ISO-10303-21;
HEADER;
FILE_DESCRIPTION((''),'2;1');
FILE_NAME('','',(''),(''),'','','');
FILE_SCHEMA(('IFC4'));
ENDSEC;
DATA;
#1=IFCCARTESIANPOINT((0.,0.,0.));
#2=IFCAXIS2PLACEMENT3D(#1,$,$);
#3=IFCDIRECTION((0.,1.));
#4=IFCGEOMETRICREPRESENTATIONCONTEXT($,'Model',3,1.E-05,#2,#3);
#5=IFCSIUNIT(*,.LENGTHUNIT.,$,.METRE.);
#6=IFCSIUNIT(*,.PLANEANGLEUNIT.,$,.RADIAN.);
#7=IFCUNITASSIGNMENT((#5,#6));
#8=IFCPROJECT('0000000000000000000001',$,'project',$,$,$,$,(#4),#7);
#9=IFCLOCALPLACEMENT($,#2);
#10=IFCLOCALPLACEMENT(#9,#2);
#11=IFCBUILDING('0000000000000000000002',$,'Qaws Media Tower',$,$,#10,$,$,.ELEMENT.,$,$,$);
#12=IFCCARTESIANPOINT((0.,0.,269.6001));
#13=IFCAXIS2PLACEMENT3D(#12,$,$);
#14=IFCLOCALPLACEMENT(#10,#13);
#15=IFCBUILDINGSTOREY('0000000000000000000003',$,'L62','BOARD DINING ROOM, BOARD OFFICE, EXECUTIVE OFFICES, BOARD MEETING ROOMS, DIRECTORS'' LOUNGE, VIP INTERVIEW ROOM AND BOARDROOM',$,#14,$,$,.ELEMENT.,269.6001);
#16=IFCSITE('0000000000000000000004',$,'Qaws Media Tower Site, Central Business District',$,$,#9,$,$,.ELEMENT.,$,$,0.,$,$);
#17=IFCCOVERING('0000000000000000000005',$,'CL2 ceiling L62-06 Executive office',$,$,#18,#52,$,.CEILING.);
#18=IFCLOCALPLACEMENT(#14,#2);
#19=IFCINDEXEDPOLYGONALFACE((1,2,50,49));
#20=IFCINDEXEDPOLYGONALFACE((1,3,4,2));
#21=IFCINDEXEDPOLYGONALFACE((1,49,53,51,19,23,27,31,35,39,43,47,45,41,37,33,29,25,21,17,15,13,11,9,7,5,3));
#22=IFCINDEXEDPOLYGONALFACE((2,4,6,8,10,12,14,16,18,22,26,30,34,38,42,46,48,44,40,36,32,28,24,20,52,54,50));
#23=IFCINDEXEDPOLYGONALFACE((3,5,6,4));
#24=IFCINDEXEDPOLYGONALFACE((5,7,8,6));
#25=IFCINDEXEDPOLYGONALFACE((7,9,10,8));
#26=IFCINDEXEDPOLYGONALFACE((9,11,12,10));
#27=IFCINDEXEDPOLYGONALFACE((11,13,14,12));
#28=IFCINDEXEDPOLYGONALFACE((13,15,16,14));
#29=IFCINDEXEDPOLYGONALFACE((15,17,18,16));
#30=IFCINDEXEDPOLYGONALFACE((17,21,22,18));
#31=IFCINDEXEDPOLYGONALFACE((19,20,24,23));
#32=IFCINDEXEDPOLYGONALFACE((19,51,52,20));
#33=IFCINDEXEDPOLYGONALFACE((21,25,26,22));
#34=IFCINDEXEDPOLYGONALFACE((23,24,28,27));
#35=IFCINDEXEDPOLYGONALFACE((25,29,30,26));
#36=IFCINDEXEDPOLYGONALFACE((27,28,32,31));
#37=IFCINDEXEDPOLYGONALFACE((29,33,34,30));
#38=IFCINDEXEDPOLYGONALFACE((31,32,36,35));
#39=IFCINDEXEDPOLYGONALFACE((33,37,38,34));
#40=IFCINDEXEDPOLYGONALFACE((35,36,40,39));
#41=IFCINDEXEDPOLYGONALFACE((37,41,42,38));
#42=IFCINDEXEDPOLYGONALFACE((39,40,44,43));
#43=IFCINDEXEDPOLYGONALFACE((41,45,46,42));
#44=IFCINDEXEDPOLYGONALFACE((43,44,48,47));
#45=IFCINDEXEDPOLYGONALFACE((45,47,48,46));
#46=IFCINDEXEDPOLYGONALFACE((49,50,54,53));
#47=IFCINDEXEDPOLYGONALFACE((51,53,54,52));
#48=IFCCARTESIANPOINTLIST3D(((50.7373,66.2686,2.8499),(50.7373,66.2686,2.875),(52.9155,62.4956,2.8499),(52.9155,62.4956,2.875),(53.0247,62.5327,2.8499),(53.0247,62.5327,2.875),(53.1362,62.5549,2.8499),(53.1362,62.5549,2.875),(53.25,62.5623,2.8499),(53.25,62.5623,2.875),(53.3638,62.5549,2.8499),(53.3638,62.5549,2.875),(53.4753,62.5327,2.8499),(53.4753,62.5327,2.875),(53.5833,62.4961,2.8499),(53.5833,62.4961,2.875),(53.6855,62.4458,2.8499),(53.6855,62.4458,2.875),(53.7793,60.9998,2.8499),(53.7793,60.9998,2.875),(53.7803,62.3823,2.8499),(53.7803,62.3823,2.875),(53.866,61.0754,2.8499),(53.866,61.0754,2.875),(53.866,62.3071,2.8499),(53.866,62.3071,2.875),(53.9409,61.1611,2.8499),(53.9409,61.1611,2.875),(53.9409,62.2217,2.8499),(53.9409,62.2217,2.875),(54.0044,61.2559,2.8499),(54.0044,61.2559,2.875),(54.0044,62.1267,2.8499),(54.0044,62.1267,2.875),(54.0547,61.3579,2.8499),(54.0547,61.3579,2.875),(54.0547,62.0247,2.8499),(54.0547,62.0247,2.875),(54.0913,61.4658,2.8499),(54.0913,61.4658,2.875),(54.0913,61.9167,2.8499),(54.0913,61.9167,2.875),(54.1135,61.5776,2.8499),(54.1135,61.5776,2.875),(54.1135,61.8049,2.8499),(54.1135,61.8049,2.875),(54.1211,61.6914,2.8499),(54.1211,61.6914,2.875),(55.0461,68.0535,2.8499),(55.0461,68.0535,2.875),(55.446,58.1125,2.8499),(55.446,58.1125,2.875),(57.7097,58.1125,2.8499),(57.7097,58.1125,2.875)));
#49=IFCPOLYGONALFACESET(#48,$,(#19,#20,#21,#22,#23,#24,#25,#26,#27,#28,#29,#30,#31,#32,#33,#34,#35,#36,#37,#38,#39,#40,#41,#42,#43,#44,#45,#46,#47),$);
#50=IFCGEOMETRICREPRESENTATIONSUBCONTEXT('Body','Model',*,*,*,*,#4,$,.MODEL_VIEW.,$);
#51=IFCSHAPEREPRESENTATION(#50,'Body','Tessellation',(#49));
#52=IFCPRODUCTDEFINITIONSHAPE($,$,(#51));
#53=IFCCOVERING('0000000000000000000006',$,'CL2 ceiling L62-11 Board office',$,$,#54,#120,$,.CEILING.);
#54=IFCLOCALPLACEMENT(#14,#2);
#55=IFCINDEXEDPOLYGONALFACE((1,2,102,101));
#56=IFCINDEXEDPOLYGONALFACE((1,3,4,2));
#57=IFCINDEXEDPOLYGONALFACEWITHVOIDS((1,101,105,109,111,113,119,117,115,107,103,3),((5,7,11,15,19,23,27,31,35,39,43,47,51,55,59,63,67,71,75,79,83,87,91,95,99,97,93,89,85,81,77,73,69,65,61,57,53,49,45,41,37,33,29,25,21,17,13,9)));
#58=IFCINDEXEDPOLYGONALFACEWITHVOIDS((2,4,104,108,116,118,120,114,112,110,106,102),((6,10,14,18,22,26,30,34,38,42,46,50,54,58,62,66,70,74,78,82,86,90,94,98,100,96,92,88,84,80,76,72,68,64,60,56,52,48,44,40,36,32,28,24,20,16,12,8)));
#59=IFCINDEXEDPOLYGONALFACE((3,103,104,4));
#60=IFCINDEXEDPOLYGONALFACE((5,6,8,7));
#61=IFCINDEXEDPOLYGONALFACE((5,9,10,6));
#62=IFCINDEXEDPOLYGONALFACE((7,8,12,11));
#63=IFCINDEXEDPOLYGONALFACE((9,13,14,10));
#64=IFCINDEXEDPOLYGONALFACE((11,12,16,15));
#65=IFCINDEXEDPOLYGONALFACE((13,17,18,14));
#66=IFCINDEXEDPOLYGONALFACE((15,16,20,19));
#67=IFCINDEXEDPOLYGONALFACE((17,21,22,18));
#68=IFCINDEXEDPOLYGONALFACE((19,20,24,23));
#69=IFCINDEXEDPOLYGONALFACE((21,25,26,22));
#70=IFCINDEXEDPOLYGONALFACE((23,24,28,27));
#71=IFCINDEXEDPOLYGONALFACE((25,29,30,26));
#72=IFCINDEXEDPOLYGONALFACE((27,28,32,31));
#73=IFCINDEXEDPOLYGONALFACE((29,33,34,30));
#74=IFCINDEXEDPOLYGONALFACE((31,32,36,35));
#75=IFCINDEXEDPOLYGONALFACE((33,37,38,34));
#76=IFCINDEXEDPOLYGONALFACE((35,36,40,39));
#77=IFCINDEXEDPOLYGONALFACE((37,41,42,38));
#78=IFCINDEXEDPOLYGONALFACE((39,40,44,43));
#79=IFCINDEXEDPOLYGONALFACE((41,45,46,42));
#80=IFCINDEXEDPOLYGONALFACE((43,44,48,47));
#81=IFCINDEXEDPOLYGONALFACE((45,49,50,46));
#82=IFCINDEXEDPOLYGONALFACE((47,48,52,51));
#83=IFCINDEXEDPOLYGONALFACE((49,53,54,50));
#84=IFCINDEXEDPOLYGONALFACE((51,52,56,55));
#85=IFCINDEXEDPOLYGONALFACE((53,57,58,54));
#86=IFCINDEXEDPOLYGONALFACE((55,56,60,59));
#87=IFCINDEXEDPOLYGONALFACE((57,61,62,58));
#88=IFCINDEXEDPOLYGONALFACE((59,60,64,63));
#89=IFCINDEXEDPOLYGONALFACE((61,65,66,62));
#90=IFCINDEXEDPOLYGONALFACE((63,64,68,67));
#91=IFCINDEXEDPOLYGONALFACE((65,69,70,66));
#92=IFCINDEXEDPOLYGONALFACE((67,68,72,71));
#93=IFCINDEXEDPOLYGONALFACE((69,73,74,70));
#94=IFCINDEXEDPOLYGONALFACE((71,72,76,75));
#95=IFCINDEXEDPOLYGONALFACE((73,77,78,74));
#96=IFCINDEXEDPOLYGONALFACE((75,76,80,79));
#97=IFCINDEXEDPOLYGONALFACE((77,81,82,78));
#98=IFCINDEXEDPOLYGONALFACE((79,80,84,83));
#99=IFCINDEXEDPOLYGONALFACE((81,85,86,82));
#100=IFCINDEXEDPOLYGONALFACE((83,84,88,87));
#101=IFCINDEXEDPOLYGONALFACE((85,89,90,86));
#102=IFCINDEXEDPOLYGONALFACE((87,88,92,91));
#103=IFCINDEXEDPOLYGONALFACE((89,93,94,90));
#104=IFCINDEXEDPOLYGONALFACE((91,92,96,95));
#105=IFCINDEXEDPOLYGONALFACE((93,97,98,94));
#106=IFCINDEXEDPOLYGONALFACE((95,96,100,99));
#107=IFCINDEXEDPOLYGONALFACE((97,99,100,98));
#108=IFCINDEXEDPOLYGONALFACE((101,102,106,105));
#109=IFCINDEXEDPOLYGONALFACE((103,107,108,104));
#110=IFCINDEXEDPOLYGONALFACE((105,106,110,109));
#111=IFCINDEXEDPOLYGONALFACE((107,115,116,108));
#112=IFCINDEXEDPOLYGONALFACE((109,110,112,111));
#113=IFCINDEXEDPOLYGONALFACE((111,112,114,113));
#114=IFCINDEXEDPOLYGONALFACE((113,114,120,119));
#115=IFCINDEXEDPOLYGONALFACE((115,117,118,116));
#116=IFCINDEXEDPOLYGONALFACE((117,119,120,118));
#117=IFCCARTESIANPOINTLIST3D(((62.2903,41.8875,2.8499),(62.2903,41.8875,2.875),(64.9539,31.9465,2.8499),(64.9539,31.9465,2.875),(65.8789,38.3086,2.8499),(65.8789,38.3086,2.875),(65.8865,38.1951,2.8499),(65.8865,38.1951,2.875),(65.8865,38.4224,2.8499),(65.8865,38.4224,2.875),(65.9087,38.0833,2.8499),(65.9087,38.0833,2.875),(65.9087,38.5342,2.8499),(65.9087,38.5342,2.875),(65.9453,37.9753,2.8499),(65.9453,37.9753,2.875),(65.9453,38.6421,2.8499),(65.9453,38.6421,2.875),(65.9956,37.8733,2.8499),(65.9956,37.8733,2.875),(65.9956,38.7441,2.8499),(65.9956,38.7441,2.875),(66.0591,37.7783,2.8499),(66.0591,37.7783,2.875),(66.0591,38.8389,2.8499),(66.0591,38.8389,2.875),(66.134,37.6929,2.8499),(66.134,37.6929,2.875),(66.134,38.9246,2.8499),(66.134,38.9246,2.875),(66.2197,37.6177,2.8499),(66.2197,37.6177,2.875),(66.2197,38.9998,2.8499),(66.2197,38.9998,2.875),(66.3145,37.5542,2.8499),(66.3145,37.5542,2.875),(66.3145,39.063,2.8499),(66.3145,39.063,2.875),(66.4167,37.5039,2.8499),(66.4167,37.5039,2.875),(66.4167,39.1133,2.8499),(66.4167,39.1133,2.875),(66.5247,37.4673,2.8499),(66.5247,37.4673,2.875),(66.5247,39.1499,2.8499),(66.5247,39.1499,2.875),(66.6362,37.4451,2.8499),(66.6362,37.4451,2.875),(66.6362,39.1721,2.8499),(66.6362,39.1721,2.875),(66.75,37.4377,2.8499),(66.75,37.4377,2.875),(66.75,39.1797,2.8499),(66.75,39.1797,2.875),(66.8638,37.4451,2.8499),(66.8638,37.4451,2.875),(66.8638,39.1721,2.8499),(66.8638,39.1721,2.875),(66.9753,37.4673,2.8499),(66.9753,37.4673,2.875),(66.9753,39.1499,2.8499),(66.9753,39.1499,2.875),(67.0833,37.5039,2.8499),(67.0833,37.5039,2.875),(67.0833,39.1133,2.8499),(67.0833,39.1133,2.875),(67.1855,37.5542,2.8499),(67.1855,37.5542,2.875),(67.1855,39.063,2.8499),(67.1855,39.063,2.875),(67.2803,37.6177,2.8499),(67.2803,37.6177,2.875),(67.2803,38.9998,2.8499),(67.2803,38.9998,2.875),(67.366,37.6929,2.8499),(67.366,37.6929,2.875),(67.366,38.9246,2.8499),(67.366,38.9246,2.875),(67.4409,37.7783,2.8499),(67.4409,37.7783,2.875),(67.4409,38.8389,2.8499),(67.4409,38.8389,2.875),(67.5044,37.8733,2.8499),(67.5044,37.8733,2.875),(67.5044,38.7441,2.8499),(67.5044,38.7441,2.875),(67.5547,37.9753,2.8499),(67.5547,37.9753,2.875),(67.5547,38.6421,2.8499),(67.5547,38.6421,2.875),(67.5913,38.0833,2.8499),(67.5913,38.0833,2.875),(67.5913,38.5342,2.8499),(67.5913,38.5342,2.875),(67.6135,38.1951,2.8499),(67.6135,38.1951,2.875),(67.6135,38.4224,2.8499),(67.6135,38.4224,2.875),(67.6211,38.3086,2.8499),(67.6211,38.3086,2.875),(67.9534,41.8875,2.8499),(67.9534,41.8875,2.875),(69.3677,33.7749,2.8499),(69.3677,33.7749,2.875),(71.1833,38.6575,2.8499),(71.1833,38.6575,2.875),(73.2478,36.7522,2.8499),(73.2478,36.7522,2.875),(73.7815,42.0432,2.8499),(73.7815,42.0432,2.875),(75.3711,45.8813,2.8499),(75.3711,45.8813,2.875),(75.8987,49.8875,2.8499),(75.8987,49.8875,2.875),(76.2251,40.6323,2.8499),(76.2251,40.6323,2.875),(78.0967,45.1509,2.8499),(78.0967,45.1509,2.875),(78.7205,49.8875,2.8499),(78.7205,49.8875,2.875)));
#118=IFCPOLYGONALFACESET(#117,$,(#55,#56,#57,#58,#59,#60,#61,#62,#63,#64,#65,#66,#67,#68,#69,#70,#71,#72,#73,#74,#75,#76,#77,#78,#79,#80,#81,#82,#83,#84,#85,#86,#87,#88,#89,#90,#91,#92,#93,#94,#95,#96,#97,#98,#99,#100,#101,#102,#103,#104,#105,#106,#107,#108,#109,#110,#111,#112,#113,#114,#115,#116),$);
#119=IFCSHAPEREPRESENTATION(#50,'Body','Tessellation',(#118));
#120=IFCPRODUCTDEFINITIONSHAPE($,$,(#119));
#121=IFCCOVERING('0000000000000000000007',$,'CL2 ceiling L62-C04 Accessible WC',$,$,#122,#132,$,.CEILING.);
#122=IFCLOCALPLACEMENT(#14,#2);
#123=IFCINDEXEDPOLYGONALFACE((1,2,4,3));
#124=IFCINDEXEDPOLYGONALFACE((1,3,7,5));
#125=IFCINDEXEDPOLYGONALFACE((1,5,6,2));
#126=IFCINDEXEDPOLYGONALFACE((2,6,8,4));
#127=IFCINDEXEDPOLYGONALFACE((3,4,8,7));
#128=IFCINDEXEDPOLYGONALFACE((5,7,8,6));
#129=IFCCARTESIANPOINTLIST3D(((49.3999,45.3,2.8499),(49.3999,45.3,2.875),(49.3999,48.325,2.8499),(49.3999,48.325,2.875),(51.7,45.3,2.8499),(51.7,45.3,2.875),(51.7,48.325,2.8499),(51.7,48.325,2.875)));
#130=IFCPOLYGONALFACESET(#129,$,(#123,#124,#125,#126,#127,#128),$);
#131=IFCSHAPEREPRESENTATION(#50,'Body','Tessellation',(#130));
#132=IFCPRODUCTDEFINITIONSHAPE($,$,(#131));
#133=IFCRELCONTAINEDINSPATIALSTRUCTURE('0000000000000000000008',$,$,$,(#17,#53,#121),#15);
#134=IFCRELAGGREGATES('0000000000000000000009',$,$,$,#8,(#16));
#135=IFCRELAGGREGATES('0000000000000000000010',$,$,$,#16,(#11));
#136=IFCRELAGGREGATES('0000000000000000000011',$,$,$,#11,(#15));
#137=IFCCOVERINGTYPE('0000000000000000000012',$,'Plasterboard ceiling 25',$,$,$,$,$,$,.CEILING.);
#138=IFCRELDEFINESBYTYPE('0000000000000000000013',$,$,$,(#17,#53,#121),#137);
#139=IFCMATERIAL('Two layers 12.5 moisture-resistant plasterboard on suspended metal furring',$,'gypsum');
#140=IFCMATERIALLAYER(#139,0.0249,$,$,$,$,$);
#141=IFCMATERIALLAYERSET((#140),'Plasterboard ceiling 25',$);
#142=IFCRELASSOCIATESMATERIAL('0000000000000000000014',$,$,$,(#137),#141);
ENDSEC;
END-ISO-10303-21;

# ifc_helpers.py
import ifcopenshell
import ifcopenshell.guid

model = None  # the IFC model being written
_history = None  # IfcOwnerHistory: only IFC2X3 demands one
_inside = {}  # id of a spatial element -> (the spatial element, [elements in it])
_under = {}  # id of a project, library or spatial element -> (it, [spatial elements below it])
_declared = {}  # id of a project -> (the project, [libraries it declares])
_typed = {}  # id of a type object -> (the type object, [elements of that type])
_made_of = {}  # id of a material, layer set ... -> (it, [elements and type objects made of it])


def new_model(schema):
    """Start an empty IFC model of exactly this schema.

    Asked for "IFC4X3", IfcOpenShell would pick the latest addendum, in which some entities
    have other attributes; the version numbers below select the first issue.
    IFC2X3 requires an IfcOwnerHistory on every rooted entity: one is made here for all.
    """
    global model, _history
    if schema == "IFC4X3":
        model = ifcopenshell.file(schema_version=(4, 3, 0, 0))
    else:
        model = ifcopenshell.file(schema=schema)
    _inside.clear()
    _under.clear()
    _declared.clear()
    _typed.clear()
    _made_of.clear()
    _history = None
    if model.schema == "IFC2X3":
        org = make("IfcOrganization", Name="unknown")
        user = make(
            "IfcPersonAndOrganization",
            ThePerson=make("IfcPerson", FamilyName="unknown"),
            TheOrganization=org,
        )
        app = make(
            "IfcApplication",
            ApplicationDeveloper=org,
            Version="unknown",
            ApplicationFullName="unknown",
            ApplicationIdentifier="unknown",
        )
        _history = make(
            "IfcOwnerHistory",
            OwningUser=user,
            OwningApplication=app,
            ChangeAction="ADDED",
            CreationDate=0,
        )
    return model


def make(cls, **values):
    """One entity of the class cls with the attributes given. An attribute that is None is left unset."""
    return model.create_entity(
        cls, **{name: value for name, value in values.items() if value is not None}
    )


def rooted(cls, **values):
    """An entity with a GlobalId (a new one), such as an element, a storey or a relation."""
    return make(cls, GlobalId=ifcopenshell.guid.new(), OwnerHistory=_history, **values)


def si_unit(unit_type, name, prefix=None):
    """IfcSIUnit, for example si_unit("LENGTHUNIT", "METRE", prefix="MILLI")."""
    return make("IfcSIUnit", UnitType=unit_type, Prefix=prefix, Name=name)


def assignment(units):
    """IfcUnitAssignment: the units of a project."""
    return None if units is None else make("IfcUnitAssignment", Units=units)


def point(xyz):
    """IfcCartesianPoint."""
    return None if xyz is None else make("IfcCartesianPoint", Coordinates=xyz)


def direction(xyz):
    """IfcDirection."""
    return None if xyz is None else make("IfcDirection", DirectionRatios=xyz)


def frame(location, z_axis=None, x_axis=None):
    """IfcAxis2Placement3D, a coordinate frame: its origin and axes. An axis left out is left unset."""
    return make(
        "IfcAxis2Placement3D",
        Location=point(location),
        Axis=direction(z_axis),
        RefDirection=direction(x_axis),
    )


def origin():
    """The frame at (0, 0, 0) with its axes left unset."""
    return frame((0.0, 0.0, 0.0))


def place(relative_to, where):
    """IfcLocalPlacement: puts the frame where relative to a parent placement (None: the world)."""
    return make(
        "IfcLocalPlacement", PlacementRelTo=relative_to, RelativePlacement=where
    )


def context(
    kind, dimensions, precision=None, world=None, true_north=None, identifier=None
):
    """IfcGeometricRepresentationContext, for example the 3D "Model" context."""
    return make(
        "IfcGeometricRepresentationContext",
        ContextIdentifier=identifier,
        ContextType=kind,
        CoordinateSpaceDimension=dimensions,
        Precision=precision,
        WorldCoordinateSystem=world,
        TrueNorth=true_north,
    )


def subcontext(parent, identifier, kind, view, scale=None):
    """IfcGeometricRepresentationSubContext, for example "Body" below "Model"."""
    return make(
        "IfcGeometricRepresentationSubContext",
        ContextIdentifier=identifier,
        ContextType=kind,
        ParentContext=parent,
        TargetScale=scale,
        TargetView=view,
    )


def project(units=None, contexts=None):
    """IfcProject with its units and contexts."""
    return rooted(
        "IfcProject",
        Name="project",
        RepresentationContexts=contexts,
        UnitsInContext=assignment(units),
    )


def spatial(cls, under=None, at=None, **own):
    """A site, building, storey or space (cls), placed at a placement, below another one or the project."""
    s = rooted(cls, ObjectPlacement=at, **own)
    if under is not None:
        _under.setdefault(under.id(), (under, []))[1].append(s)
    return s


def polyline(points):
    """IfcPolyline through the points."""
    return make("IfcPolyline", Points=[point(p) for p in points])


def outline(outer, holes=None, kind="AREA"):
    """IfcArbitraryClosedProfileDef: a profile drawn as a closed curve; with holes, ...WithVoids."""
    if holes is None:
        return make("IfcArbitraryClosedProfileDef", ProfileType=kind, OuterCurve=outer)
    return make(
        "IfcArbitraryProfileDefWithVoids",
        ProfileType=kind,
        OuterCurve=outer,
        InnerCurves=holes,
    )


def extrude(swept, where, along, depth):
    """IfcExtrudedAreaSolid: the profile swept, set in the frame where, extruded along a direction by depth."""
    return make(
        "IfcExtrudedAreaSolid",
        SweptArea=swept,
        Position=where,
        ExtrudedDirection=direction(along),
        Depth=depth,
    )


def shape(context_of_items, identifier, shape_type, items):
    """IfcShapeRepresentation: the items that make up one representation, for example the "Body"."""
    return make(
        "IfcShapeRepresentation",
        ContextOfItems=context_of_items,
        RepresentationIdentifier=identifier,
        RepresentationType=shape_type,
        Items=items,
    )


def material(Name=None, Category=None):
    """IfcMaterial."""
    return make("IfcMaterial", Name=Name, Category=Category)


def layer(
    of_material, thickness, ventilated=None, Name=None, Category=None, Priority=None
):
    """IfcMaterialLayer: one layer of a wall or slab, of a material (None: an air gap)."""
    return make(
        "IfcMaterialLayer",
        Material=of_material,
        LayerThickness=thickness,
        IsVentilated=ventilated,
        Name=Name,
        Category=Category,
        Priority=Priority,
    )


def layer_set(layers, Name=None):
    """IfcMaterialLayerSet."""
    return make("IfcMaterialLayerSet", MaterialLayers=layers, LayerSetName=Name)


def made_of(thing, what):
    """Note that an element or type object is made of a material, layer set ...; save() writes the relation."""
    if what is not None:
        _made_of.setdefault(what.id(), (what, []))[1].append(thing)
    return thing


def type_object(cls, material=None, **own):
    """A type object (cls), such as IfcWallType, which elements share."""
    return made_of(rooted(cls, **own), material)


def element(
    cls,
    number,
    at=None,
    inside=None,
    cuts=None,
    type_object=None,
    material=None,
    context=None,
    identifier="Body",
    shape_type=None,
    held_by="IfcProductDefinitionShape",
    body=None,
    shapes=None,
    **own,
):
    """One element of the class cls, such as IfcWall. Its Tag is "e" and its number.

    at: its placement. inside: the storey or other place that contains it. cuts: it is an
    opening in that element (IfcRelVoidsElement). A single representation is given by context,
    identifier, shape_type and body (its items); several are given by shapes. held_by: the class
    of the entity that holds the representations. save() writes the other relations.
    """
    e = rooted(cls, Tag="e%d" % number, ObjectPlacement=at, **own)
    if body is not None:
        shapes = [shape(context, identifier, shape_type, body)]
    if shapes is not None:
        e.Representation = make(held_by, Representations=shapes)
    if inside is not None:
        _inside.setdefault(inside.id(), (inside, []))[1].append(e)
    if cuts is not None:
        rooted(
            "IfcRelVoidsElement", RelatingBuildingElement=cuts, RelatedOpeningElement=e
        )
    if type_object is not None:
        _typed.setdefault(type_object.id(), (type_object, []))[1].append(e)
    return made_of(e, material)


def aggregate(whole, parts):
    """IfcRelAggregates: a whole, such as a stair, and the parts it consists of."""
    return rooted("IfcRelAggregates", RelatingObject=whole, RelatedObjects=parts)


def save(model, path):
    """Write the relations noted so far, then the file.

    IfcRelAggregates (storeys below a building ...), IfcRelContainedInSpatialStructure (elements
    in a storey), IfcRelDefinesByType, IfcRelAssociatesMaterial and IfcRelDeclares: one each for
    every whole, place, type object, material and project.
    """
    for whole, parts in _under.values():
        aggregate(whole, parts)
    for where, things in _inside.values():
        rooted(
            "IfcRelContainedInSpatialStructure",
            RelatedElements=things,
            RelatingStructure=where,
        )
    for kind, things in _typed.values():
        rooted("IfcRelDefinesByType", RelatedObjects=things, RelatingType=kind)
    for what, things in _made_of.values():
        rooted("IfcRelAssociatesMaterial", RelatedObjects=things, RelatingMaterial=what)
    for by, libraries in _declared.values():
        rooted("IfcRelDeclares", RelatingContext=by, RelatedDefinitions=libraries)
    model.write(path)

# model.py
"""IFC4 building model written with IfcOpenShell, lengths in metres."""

from ifc_helpers import new_model, si_unit, direction, frame, origin, place, context, subcontext, project, spatial, polyline, outline, extrude, material, layer, layer_set, type_object, element, save


model = new_model("IFC4")

# Units and contexts
model_context = context("Model", 3, precision=1e-05, world=origin(), true_north=direction((0.0, 1.0)))
body_context = subcontext(model_context, "Body", "Model", "MODEL_VIEW")
ifc_project = project(units=[si_unit("LENGTHUNIT", "METRE"), si_unit("PLANEANGLEUNIT", "RADIAN")], contexts=[model_context])

# Site, building, storey
site_placement = place(None, origin())
site = spatial("IfcSite", under=ifc_project, at=site_placement, Name="Qaws Media Tower Site, Central Business District", CompositionType="ELEMENT", RefElevation=0.0)
building_placement = place(site_placement, origin())
building = spatial("IfcBuilding", under=site, at=building_placement, Name="Qaws Media Tower", CompositionType="ELEMENT")
storey_placement = place(building_placement, frame((0.0, 0.0, 269.6001)))
storey = spatial("IfcBuildingStorey", under=building, at=storey_placement, Name="L62", Description="BOARD DINING ROOM, BOARD OFFICE, EXECUTIVE OFFICES, BOARD MEETING ROOMS, DIRECTORS' LOUNGE, VIP INTERVIEW ROOM AND BOARDROOM", CompositionType="ELEMENT", Elevation=269.6001)

# Coverings
ifc_material_1 = material(Name="Two layers 12.5 moisture-resistant plasterboard on suspended metal furring", Category="gypsum")
ifc_layer_1 = layer(ifc_material_1, 0.0249)
ifc_layer_set_1 = layer_set([ifc_layer_1], Name="Plasterboard ceiling 25")
covering_type_1 = type_object("IfcCoveringType", Name="Plasterboard ceiling 25", PredefinedType="CEILING", material=ifc_layer_set_1)
covering_1_placement = place(storey_placement, frame((0.0, 0.0, 2.8499)))
element("IfcCovering", 1, at=covering_1_placement, inside=storey, type_object=covering_type_1, Name="CL2 ceiling L62-06 Executive office", PredefinedType="CEILING", context=body_context, shape_type="SweptSolid", body=[
    extrude(outline(polyline([(55.0461, 68.0535), (57.7097, 58.1125), (55.446, 58.1125), (53.7793, 60.9998), (53.866, 61.0754), (53.9409, 61.1611), (54.0044, 61.2559), (54.0547, 61.3579), (54.0913, 61.4658), (54.1135, 61.5776), (54.1211, 61.6914), (54.1135, 61.8049), (54.0913, 61.9167), (54.0547, 62.0247), (54.0044, 62.1267), (53.9409, 62.2217), (53.866, 62.3071), (53.7803, 62.3823), (53.6855, 62.4458), (53.5833, 62.4961), (53.4753, 62.5327), (53.3638, 62.5549), (53.25, 62.5623), (53.1362, 62.5549), (53.0247, 62.5327), (52.9155, 62.4956), (50.7373, 66.2686), (55.0461, 68.0535)])), origin(), (0.0, 0.0, 1.0), 0.0251),
])
covering_2_placement = place(storey_placement, frame((0.0, 0.0, 2.8499)))
element("IfcCovering", 2, at=covering_2_placement, inside=storey, type_object=covering_type_1, Name="CL2 ceiling L62-11 Board office", PredefinedType="CEILING", context=body_context, shape_type="SweptSolid", body=[
    extrude(outline(polyline([(78.0967, 45.1509), (76.2251, 40.6323), (73.2478, 36.7522), (69.3677, 33.7749), (64.9539, 31.9465), (62.2903, 41.8875), (67.9534, 41.8875), (71.1833, 38.6575), (73.7815, 42.0432), (75.3711, 45.8813), (75.8987, 49.8875), (78.7205, 49.8875), (78.0967, 45.1509)]), holes=[polyline([(67.5547, 37.9753), (67.5913, 38.0833), (67.6135, 38.1951), (67.6211, 38.3086), (67.6135, 38.4224), (67.5913, 38.5342), (67.5547, 38.6421), (67.5044, 38.7441), (67.4409, 38.8389), (67.366, 38.9246), (67.2803, 38.9998), (67.1855, 39.063), (67.0833, 39.1133), (66.9753, 39.1499), (66.8638, 39.1721), (66.75, 39.1797), (66.6362, 39.1721), (66.5247, 39.1499), (66.4167, 39.1133), (66.3145, 39.063), (66.2197, 38.9998), (66.134, 38.9246), (66.0591, 38.8389), (65.9956, 38.7441), (65.9453, 38.6421), (65.9087, 38.5342), (65.8865, 38.4224), (65.8789, 38.3086), (65.8865, 38.1951), (65.9087, 38.0833), (65.9453, 37.9753), (65.9956, 37.8733), (66.0591, 37.7783), (66.134, 37.6929), (66.2197, 37.6177), (66.3145, 37.5542), (66.4167, 37.5039), (66.5247, 37.4673), (66.6362, 37.4451), (66.75, 37.4377), (66.8638, 37.4451), (66.9753, 37.4673), (67.0833, 37.5039), (67.1855, 37.5542), (67.2803, 37.6177), (67.366, 37.6929), (67.4409, 37.7783), (67.5044, 37.8733), (67.5547, 37.9753)])]), origin(), (0.0, 0.0, 1.0), 0.0251),
])
covering_3_placement = place(storey_placement, frame((0.0, 0.0, 2.8499)))
element("IfcCovering", 3, at=covering_3_placement, inside=storey, type_object=covering_type_1, Name="CL2 ceiling L62-C04 Accessible WC", PredefinedType="CEILING", context=body_context, shape_type="SweptSolid", body=[
    extrude(outline(polyline([(49.3999, 45.3), (49.3999, 48.325), (51.7, 48.325), (51.7, 45.3), (49.3999, 45.3)])), origin(), (0.0, 0.0, 1.0), 0.0251),
])

save(model, "model.ifc")
